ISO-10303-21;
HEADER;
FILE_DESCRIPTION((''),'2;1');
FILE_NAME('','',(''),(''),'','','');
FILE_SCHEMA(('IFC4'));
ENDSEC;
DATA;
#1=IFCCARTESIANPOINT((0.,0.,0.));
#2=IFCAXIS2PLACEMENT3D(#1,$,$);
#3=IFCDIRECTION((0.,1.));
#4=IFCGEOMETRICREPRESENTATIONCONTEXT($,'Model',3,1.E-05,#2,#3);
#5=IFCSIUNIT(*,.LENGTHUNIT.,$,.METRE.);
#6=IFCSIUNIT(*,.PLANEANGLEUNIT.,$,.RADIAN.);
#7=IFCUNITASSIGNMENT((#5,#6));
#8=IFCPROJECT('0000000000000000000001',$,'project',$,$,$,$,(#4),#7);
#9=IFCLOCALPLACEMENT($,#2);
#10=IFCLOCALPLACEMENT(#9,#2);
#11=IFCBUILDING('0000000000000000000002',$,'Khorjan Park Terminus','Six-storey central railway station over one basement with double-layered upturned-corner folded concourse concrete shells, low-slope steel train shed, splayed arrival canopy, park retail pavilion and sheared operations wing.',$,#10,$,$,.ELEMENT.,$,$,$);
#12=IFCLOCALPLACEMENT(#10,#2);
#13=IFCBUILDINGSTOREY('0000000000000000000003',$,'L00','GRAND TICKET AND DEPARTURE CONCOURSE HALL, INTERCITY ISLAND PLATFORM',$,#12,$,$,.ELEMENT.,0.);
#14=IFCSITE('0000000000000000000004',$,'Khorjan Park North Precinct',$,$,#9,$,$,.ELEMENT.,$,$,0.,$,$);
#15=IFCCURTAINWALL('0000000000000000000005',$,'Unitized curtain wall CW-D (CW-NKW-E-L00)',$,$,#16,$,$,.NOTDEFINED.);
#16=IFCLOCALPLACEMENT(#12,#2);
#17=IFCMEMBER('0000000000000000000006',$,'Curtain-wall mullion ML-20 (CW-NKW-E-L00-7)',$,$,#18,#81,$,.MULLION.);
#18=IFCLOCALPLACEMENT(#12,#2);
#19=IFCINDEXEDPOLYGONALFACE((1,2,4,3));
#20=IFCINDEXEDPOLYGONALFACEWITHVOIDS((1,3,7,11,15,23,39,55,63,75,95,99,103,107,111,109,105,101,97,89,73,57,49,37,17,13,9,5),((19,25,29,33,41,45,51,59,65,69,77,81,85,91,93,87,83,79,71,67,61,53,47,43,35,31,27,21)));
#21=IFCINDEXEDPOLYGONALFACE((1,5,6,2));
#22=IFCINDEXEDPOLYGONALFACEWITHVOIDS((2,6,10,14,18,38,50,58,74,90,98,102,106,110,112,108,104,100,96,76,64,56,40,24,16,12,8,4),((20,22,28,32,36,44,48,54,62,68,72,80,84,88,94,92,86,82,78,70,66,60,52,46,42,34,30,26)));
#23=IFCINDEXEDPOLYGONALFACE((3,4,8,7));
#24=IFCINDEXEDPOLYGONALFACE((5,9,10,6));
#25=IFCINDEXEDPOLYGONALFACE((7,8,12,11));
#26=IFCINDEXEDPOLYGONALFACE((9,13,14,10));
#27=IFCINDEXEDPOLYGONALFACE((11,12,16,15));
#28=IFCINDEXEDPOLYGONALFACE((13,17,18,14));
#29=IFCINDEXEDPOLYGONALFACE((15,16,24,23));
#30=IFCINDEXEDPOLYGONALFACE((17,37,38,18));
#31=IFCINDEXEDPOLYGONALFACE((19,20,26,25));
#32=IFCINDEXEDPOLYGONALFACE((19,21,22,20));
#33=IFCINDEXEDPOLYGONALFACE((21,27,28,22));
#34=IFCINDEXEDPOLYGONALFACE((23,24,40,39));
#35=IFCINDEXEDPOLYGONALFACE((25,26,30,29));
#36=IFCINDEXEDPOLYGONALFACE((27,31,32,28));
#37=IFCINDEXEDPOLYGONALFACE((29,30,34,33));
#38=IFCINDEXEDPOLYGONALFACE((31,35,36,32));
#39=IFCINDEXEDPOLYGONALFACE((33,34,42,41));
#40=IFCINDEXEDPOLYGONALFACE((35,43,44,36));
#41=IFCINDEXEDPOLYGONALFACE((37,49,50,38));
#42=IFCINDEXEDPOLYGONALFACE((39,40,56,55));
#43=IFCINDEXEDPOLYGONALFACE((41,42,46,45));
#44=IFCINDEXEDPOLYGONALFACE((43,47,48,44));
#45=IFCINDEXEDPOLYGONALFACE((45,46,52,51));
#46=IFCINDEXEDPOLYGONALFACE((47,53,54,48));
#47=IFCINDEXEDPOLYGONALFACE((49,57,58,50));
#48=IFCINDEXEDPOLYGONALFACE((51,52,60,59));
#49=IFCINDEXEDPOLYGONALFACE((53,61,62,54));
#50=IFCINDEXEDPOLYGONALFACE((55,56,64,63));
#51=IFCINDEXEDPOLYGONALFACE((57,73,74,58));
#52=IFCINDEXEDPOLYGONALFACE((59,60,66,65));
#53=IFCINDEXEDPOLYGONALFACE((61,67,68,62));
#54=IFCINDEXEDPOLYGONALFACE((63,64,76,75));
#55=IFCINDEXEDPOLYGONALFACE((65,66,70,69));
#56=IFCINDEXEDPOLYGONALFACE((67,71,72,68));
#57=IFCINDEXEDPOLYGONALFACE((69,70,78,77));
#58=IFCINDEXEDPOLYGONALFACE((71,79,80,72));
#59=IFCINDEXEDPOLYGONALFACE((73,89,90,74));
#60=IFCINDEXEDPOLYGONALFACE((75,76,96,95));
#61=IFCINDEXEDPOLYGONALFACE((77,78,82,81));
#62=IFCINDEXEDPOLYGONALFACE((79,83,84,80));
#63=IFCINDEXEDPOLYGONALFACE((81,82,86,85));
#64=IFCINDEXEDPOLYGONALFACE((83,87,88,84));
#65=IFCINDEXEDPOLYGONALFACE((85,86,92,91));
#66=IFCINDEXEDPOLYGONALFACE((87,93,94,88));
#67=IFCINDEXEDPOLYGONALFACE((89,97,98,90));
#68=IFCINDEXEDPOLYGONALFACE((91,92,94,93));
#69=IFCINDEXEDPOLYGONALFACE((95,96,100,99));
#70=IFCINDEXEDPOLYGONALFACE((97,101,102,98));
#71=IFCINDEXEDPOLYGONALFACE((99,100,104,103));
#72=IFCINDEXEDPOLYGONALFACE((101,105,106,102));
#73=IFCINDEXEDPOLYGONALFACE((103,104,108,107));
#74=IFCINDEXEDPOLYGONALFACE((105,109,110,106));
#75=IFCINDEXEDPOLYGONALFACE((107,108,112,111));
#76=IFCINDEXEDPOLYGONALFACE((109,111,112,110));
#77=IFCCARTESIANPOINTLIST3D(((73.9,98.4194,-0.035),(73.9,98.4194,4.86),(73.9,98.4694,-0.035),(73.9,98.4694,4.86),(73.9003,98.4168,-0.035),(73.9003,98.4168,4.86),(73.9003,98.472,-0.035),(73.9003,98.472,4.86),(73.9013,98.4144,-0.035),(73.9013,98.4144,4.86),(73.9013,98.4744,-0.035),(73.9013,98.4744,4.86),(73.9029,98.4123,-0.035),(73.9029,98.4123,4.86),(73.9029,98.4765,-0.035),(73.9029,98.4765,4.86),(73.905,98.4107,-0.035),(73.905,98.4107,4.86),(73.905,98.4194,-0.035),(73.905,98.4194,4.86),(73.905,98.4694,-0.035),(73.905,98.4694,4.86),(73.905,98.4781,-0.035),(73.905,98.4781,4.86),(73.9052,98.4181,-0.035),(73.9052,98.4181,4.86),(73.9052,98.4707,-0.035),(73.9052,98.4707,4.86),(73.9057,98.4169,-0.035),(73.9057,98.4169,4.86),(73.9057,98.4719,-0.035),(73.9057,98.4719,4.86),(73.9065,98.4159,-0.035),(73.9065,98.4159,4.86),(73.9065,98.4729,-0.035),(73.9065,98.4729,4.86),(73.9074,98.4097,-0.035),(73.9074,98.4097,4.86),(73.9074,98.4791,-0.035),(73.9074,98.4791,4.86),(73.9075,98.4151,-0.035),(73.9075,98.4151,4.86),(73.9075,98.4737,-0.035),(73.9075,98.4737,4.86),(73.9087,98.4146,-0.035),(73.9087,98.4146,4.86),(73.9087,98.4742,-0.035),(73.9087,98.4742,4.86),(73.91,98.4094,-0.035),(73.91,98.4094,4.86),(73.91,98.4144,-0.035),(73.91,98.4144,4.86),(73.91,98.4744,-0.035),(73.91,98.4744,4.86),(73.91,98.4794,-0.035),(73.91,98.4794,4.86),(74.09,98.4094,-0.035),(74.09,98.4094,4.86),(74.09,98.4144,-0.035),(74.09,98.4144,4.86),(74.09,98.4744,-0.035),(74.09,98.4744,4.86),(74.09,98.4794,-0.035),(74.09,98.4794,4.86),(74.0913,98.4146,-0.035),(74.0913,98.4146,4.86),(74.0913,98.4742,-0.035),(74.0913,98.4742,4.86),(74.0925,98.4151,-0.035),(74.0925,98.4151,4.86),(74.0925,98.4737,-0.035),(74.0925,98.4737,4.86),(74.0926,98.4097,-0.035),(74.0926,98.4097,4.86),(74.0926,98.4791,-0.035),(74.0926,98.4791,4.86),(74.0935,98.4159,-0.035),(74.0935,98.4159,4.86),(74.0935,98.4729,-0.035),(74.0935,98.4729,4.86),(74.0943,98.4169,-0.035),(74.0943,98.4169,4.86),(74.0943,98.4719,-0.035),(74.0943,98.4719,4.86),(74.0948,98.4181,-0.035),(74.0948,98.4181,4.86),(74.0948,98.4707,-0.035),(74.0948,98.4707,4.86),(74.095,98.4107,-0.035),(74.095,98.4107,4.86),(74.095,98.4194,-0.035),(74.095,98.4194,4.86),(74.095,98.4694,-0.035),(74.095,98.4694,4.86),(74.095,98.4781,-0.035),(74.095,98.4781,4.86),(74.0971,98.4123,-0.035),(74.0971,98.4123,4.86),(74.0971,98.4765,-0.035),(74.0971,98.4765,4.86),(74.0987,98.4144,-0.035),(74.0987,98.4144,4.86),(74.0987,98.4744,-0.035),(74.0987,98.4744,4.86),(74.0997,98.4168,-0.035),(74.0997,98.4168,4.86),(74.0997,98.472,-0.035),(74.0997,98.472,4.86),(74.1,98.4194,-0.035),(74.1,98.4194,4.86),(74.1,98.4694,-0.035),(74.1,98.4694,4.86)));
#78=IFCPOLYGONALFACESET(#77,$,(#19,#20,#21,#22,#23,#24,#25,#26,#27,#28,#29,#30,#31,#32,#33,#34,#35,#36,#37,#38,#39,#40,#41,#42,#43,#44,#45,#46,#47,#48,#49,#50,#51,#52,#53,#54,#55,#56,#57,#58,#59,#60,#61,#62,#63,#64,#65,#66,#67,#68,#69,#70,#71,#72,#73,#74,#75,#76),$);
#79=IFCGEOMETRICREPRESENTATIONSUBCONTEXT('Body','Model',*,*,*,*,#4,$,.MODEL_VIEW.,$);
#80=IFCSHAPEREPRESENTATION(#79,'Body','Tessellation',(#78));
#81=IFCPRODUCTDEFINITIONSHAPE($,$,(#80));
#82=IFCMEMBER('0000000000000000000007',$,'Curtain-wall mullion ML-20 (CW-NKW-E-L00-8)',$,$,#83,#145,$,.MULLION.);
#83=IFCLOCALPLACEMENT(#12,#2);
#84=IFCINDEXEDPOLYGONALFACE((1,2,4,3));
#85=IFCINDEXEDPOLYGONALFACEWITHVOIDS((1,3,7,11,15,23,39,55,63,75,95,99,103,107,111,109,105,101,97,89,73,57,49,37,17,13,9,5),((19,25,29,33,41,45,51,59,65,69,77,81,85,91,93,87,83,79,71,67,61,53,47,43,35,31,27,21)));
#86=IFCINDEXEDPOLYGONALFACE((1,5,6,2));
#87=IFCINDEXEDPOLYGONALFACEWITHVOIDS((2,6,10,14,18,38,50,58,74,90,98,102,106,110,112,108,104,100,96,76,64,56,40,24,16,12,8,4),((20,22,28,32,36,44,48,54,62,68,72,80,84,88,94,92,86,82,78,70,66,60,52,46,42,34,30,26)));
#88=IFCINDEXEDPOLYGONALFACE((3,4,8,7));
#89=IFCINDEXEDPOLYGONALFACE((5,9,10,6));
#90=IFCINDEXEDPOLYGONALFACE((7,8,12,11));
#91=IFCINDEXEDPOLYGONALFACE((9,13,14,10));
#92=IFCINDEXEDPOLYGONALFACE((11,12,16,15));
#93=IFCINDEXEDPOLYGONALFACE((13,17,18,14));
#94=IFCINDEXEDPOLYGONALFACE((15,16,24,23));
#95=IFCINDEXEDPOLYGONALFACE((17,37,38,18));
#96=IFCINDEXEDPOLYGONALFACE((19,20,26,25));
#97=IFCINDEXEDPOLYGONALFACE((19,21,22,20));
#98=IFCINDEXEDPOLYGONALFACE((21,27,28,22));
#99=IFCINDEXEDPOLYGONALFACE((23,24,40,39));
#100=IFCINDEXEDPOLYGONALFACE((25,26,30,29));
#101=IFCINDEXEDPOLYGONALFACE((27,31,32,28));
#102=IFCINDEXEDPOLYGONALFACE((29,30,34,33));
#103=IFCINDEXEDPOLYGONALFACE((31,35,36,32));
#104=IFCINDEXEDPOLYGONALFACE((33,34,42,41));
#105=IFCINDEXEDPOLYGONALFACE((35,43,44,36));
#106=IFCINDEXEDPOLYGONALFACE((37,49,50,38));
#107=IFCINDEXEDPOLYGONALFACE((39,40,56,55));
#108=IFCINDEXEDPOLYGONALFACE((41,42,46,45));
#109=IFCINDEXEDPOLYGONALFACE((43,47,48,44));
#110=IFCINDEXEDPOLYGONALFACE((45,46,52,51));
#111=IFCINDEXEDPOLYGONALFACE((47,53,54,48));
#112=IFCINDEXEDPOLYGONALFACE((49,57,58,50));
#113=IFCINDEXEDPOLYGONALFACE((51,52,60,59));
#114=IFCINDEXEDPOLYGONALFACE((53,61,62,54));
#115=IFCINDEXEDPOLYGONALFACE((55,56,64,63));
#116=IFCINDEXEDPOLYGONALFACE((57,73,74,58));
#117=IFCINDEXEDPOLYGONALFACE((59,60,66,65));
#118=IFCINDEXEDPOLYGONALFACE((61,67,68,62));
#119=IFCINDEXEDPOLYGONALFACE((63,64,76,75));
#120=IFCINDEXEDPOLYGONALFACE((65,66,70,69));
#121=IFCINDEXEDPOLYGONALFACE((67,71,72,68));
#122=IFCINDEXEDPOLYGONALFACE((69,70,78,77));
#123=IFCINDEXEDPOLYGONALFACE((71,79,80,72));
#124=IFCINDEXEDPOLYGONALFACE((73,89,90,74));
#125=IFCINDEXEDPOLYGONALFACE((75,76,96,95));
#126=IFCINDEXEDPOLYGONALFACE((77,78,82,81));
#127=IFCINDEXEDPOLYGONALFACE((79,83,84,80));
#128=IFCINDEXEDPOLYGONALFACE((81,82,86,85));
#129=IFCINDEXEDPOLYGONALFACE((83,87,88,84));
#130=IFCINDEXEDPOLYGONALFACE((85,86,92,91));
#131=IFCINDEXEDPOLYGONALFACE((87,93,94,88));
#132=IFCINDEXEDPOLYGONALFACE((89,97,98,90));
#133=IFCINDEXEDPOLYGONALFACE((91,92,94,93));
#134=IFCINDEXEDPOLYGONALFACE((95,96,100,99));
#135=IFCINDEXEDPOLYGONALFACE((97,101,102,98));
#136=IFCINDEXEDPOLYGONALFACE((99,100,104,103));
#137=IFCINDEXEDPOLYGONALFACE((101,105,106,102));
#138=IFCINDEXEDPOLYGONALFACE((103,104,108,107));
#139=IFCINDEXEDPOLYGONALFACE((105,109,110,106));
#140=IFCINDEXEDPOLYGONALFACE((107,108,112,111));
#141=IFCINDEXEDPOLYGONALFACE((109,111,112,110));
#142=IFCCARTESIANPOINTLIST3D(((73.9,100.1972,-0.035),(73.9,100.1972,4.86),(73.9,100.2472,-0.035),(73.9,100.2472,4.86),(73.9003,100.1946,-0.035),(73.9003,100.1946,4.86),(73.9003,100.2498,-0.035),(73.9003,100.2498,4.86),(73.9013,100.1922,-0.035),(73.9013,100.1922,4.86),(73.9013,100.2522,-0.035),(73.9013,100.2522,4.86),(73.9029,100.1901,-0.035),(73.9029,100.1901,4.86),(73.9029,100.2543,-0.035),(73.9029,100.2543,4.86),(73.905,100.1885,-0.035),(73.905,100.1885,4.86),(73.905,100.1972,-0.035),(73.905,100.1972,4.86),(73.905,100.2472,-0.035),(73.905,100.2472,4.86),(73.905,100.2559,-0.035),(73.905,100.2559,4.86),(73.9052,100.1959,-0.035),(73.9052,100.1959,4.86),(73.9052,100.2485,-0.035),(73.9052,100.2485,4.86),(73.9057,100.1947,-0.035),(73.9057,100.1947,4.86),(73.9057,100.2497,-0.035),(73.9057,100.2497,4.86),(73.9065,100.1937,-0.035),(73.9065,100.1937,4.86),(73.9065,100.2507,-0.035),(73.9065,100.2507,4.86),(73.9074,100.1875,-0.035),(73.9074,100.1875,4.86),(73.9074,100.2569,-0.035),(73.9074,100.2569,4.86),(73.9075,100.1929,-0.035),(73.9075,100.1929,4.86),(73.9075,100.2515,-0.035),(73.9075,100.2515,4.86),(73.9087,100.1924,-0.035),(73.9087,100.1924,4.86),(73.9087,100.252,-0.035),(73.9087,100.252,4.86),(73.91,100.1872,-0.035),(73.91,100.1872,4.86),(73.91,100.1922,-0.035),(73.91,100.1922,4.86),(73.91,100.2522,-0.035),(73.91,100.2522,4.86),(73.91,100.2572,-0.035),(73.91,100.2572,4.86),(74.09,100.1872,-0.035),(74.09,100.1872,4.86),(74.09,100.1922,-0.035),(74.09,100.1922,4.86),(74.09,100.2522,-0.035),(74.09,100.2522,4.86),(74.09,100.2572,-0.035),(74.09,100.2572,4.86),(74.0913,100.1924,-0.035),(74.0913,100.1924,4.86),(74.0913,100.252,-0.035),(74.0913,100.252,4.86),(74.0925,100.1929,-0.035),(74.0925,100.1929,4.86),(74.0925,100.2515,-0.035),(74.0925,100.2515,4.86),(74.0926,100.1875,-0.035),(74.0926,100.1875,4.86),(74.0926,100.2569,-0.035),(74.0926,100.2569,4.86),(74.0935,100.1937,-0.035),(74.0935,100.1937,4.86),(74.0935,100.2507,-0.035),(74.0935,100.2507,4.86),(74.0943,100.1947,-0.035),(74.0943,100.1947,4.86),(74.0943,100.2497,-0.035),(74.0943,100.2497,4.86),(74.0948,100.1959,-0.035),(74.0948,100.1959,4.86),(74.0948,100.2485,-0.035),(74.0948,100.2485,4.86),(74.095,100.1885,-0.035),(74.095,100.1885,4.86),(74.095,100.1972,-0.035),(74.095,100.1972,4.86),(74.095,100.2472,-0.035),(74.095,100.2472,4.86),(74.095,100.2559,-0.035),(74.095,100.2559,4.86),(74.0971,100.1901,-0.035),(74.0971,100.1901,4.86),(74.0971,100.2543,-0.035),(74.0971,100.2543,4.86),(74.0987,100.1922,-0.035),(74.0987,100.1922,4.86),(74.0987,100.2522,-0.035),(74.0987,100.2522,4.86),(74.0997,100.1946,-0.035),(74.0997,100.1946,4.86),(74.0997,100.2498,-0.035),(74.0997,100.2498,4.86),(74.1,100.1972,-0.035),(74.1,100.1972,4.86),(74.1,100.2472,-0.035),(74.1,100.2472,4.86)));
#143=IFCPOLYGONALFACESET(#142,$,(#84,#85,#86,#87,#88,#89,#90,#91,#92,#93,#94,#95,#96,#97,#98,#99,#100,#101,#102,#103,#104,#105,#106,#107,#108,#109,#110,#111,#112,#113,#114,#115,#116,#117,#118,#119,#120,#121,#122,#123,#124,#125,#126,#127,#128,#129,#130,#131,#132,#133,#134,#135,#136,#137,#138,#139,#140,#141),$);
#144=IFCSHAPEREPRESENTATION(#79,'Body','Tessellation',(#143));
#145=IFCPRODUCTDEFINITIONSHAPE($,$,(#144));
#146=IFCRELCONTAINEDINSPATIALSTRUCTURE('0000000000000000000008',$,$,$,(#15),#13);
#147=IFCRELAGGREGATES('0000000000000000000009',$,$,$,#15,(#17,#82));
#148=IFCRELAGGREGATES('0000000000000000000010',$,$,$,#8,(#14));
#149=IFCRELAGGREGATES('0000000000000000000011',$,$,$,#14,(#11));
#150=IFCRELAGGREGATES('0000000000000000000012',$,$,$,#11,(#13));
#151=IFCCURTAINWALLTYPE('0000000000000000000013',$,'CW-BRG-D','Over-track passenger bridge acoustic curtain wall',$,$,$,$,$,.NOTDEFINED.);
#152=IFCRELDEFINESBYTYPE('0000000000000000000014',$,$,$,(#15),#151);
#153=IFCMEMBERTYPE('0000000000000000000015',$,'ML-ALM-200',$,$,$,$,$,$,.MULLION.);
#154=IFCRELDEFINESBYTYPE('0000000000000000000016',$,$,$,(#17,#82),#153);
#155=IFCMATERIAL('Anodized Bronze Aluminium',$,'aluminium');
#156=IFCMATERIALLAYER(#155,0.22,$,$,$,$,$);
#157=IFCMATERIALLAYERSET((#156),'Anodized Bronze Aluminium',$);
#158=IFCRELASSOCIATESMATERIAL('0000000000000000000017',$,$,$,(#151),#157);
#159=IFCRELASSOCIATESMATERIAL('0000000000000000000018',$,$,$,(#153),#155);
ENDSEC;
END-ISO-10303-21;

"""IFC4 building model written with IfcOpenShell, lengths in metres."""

from ifc_helpers import new_model, si_unit, direction, frame, origin, origin_2d, place, context, subcontext, project, spatial, hollow_rectangle, extrude, material, layer, layer_set, material_profile, profile_set, type_object, element, aggregate, save


model = new_model("IFC4")

# Units and contexts
model_context = context("Model", 3, precision=1e-05, world=origin(), true_north=direction((0.0, 1.0)))
body_context = subcontext(model_context, "Body", "Model", "MODEL_VIEW")
ifc_project = project(units=[si_unit("LENGTHUNIT", "METRE"), si_unit("PLANEANGLEUNIT", "RADIAN")], contexts=[model_context])

# Site, building, storey
site_placement = place(None, origin())
site = spatial("IfcSite", under=ifc_project, at=site_placement, Name="Khorjan Park North Precinct", CompositionType="ELEMENT", RefElevation=0.0)
building_placement = place(site_placement, origin())
building = spatial("IfcBuilding", under=site, at=building_placement, Name="Khorjan Park Terminus", Description="Six-storey central railway station over one basement with double-layered upturned-corner folded concourse concrete shells, low-slope steel train shed, splayed arrival canopy, park retail pavilion and sheared operations wing.", CompositionType="ELEMENT")
storey_placement = place(building_placement, origin())
storey = spatial("IfcBuildingStorey", under=building, at=storey_placement, Name="L00", Description="GRAND TICKET AND DEPARTURE CONCOURSE HALL, INTERCITY ISLAND PLATFORM", CompositionType="ELEMENT", Elevation=0.0)

# Curtain wall, members
ifc_material_1 = material(Name="Anodized Bronze Aluminium", Category="aluminium")
ifc_layer_1 = layer(ifc_material_1, 0.22)
ifc_layer_set_1 = layer_set([ifc_layer_1], Name="Anodized Bronze Aluminium")
curtain_wall_type = type_object("IfcCurtainWallType", Name="CW-BRG-D", Description="Over-track passenger bridge acoustic curtain wall", PredefinedType="NOTDEFINED", material=ifc_layer_set_1)
curtain_wall_placement = place(storey_placement, origin())
curtain_wall = element("IfcCurtainWall", 1, at=curtain_wall_placement, inside=storey, type_object=curtain_wall_type, Name="Unitized curtain wall CW-D (CW-NKW-E-L00)", PredefinedType="NOTDEFINED")
ifc_material_profile_1 = material_profile(ifc_material_1, hollow_rectangle(XDim=0.07, YDim=0.2, WallThickness=0.005, InnerFilletRadius=0.005, OuterFilletRadius=0.01, at=origin_2d()), Name="ALM 70x200x5")
ifc_profile_set_1 = profile_set([ifc_material_profile_1], Name="Anodized Bronze Aluminium")
member_type_1 = type_object("IfcMemberType", Name="ML-ALM-200", PredefinedType="MULLION", material=ifc_profile_set_1)
member_1_placement = place(storey_placement, frame((74.0, 98.4444, -0.035), z_axis=(0.0, 0.0, 1.0), x_axis=(0.0, 1.0, 0.0)))
member_1 = element("IfcMember", 2, at=member_1_placement, type_object=member_type_1, Name="Curtain-wall mullion ML-20 (CW-NKW-E-L00-7)", PredefinedType="MULLION", context=body_context, shape_type="SweptSolid", body=[
    extrude(hollow_rectangle(XDim=0.07, YDim=0.2, WallThickness=0.005, InnerFilletRadius=0.005, OuterFilletRadius=0.01, at=origin_2d()), origin(), (0.0, 0.0, 1.0), 4.895),
])
member_2_placement = place(storey_placement, frame((74.0, 100.2222, -0.035), z_axis=(0.0, 0.0, 1.0), x_axis=(0.0, 1.0, 0.0)))
member_2 = element("IfcMember", 3, at=member_2_placement, type_object=member_type_1, Name="Curtain-wall mullion ML-20 (CW-NKW-E-L00-8)", PredefinedType="MULLION", context=body_context, shape_type="SweptSolid", body=[
    extrude(hollow_rectangle(XDim=0.07, YDim=0.2, WallThickness=0.005, InnerFilletRadius=0.005, OuterFilletRadius=0.01, at=origin_2d()), origin(), (0.0, 0.0, 1.0), 4.895),
])
aggregate(curtain_wall, [member_1, member_2])

save(model, "model.ifc")
